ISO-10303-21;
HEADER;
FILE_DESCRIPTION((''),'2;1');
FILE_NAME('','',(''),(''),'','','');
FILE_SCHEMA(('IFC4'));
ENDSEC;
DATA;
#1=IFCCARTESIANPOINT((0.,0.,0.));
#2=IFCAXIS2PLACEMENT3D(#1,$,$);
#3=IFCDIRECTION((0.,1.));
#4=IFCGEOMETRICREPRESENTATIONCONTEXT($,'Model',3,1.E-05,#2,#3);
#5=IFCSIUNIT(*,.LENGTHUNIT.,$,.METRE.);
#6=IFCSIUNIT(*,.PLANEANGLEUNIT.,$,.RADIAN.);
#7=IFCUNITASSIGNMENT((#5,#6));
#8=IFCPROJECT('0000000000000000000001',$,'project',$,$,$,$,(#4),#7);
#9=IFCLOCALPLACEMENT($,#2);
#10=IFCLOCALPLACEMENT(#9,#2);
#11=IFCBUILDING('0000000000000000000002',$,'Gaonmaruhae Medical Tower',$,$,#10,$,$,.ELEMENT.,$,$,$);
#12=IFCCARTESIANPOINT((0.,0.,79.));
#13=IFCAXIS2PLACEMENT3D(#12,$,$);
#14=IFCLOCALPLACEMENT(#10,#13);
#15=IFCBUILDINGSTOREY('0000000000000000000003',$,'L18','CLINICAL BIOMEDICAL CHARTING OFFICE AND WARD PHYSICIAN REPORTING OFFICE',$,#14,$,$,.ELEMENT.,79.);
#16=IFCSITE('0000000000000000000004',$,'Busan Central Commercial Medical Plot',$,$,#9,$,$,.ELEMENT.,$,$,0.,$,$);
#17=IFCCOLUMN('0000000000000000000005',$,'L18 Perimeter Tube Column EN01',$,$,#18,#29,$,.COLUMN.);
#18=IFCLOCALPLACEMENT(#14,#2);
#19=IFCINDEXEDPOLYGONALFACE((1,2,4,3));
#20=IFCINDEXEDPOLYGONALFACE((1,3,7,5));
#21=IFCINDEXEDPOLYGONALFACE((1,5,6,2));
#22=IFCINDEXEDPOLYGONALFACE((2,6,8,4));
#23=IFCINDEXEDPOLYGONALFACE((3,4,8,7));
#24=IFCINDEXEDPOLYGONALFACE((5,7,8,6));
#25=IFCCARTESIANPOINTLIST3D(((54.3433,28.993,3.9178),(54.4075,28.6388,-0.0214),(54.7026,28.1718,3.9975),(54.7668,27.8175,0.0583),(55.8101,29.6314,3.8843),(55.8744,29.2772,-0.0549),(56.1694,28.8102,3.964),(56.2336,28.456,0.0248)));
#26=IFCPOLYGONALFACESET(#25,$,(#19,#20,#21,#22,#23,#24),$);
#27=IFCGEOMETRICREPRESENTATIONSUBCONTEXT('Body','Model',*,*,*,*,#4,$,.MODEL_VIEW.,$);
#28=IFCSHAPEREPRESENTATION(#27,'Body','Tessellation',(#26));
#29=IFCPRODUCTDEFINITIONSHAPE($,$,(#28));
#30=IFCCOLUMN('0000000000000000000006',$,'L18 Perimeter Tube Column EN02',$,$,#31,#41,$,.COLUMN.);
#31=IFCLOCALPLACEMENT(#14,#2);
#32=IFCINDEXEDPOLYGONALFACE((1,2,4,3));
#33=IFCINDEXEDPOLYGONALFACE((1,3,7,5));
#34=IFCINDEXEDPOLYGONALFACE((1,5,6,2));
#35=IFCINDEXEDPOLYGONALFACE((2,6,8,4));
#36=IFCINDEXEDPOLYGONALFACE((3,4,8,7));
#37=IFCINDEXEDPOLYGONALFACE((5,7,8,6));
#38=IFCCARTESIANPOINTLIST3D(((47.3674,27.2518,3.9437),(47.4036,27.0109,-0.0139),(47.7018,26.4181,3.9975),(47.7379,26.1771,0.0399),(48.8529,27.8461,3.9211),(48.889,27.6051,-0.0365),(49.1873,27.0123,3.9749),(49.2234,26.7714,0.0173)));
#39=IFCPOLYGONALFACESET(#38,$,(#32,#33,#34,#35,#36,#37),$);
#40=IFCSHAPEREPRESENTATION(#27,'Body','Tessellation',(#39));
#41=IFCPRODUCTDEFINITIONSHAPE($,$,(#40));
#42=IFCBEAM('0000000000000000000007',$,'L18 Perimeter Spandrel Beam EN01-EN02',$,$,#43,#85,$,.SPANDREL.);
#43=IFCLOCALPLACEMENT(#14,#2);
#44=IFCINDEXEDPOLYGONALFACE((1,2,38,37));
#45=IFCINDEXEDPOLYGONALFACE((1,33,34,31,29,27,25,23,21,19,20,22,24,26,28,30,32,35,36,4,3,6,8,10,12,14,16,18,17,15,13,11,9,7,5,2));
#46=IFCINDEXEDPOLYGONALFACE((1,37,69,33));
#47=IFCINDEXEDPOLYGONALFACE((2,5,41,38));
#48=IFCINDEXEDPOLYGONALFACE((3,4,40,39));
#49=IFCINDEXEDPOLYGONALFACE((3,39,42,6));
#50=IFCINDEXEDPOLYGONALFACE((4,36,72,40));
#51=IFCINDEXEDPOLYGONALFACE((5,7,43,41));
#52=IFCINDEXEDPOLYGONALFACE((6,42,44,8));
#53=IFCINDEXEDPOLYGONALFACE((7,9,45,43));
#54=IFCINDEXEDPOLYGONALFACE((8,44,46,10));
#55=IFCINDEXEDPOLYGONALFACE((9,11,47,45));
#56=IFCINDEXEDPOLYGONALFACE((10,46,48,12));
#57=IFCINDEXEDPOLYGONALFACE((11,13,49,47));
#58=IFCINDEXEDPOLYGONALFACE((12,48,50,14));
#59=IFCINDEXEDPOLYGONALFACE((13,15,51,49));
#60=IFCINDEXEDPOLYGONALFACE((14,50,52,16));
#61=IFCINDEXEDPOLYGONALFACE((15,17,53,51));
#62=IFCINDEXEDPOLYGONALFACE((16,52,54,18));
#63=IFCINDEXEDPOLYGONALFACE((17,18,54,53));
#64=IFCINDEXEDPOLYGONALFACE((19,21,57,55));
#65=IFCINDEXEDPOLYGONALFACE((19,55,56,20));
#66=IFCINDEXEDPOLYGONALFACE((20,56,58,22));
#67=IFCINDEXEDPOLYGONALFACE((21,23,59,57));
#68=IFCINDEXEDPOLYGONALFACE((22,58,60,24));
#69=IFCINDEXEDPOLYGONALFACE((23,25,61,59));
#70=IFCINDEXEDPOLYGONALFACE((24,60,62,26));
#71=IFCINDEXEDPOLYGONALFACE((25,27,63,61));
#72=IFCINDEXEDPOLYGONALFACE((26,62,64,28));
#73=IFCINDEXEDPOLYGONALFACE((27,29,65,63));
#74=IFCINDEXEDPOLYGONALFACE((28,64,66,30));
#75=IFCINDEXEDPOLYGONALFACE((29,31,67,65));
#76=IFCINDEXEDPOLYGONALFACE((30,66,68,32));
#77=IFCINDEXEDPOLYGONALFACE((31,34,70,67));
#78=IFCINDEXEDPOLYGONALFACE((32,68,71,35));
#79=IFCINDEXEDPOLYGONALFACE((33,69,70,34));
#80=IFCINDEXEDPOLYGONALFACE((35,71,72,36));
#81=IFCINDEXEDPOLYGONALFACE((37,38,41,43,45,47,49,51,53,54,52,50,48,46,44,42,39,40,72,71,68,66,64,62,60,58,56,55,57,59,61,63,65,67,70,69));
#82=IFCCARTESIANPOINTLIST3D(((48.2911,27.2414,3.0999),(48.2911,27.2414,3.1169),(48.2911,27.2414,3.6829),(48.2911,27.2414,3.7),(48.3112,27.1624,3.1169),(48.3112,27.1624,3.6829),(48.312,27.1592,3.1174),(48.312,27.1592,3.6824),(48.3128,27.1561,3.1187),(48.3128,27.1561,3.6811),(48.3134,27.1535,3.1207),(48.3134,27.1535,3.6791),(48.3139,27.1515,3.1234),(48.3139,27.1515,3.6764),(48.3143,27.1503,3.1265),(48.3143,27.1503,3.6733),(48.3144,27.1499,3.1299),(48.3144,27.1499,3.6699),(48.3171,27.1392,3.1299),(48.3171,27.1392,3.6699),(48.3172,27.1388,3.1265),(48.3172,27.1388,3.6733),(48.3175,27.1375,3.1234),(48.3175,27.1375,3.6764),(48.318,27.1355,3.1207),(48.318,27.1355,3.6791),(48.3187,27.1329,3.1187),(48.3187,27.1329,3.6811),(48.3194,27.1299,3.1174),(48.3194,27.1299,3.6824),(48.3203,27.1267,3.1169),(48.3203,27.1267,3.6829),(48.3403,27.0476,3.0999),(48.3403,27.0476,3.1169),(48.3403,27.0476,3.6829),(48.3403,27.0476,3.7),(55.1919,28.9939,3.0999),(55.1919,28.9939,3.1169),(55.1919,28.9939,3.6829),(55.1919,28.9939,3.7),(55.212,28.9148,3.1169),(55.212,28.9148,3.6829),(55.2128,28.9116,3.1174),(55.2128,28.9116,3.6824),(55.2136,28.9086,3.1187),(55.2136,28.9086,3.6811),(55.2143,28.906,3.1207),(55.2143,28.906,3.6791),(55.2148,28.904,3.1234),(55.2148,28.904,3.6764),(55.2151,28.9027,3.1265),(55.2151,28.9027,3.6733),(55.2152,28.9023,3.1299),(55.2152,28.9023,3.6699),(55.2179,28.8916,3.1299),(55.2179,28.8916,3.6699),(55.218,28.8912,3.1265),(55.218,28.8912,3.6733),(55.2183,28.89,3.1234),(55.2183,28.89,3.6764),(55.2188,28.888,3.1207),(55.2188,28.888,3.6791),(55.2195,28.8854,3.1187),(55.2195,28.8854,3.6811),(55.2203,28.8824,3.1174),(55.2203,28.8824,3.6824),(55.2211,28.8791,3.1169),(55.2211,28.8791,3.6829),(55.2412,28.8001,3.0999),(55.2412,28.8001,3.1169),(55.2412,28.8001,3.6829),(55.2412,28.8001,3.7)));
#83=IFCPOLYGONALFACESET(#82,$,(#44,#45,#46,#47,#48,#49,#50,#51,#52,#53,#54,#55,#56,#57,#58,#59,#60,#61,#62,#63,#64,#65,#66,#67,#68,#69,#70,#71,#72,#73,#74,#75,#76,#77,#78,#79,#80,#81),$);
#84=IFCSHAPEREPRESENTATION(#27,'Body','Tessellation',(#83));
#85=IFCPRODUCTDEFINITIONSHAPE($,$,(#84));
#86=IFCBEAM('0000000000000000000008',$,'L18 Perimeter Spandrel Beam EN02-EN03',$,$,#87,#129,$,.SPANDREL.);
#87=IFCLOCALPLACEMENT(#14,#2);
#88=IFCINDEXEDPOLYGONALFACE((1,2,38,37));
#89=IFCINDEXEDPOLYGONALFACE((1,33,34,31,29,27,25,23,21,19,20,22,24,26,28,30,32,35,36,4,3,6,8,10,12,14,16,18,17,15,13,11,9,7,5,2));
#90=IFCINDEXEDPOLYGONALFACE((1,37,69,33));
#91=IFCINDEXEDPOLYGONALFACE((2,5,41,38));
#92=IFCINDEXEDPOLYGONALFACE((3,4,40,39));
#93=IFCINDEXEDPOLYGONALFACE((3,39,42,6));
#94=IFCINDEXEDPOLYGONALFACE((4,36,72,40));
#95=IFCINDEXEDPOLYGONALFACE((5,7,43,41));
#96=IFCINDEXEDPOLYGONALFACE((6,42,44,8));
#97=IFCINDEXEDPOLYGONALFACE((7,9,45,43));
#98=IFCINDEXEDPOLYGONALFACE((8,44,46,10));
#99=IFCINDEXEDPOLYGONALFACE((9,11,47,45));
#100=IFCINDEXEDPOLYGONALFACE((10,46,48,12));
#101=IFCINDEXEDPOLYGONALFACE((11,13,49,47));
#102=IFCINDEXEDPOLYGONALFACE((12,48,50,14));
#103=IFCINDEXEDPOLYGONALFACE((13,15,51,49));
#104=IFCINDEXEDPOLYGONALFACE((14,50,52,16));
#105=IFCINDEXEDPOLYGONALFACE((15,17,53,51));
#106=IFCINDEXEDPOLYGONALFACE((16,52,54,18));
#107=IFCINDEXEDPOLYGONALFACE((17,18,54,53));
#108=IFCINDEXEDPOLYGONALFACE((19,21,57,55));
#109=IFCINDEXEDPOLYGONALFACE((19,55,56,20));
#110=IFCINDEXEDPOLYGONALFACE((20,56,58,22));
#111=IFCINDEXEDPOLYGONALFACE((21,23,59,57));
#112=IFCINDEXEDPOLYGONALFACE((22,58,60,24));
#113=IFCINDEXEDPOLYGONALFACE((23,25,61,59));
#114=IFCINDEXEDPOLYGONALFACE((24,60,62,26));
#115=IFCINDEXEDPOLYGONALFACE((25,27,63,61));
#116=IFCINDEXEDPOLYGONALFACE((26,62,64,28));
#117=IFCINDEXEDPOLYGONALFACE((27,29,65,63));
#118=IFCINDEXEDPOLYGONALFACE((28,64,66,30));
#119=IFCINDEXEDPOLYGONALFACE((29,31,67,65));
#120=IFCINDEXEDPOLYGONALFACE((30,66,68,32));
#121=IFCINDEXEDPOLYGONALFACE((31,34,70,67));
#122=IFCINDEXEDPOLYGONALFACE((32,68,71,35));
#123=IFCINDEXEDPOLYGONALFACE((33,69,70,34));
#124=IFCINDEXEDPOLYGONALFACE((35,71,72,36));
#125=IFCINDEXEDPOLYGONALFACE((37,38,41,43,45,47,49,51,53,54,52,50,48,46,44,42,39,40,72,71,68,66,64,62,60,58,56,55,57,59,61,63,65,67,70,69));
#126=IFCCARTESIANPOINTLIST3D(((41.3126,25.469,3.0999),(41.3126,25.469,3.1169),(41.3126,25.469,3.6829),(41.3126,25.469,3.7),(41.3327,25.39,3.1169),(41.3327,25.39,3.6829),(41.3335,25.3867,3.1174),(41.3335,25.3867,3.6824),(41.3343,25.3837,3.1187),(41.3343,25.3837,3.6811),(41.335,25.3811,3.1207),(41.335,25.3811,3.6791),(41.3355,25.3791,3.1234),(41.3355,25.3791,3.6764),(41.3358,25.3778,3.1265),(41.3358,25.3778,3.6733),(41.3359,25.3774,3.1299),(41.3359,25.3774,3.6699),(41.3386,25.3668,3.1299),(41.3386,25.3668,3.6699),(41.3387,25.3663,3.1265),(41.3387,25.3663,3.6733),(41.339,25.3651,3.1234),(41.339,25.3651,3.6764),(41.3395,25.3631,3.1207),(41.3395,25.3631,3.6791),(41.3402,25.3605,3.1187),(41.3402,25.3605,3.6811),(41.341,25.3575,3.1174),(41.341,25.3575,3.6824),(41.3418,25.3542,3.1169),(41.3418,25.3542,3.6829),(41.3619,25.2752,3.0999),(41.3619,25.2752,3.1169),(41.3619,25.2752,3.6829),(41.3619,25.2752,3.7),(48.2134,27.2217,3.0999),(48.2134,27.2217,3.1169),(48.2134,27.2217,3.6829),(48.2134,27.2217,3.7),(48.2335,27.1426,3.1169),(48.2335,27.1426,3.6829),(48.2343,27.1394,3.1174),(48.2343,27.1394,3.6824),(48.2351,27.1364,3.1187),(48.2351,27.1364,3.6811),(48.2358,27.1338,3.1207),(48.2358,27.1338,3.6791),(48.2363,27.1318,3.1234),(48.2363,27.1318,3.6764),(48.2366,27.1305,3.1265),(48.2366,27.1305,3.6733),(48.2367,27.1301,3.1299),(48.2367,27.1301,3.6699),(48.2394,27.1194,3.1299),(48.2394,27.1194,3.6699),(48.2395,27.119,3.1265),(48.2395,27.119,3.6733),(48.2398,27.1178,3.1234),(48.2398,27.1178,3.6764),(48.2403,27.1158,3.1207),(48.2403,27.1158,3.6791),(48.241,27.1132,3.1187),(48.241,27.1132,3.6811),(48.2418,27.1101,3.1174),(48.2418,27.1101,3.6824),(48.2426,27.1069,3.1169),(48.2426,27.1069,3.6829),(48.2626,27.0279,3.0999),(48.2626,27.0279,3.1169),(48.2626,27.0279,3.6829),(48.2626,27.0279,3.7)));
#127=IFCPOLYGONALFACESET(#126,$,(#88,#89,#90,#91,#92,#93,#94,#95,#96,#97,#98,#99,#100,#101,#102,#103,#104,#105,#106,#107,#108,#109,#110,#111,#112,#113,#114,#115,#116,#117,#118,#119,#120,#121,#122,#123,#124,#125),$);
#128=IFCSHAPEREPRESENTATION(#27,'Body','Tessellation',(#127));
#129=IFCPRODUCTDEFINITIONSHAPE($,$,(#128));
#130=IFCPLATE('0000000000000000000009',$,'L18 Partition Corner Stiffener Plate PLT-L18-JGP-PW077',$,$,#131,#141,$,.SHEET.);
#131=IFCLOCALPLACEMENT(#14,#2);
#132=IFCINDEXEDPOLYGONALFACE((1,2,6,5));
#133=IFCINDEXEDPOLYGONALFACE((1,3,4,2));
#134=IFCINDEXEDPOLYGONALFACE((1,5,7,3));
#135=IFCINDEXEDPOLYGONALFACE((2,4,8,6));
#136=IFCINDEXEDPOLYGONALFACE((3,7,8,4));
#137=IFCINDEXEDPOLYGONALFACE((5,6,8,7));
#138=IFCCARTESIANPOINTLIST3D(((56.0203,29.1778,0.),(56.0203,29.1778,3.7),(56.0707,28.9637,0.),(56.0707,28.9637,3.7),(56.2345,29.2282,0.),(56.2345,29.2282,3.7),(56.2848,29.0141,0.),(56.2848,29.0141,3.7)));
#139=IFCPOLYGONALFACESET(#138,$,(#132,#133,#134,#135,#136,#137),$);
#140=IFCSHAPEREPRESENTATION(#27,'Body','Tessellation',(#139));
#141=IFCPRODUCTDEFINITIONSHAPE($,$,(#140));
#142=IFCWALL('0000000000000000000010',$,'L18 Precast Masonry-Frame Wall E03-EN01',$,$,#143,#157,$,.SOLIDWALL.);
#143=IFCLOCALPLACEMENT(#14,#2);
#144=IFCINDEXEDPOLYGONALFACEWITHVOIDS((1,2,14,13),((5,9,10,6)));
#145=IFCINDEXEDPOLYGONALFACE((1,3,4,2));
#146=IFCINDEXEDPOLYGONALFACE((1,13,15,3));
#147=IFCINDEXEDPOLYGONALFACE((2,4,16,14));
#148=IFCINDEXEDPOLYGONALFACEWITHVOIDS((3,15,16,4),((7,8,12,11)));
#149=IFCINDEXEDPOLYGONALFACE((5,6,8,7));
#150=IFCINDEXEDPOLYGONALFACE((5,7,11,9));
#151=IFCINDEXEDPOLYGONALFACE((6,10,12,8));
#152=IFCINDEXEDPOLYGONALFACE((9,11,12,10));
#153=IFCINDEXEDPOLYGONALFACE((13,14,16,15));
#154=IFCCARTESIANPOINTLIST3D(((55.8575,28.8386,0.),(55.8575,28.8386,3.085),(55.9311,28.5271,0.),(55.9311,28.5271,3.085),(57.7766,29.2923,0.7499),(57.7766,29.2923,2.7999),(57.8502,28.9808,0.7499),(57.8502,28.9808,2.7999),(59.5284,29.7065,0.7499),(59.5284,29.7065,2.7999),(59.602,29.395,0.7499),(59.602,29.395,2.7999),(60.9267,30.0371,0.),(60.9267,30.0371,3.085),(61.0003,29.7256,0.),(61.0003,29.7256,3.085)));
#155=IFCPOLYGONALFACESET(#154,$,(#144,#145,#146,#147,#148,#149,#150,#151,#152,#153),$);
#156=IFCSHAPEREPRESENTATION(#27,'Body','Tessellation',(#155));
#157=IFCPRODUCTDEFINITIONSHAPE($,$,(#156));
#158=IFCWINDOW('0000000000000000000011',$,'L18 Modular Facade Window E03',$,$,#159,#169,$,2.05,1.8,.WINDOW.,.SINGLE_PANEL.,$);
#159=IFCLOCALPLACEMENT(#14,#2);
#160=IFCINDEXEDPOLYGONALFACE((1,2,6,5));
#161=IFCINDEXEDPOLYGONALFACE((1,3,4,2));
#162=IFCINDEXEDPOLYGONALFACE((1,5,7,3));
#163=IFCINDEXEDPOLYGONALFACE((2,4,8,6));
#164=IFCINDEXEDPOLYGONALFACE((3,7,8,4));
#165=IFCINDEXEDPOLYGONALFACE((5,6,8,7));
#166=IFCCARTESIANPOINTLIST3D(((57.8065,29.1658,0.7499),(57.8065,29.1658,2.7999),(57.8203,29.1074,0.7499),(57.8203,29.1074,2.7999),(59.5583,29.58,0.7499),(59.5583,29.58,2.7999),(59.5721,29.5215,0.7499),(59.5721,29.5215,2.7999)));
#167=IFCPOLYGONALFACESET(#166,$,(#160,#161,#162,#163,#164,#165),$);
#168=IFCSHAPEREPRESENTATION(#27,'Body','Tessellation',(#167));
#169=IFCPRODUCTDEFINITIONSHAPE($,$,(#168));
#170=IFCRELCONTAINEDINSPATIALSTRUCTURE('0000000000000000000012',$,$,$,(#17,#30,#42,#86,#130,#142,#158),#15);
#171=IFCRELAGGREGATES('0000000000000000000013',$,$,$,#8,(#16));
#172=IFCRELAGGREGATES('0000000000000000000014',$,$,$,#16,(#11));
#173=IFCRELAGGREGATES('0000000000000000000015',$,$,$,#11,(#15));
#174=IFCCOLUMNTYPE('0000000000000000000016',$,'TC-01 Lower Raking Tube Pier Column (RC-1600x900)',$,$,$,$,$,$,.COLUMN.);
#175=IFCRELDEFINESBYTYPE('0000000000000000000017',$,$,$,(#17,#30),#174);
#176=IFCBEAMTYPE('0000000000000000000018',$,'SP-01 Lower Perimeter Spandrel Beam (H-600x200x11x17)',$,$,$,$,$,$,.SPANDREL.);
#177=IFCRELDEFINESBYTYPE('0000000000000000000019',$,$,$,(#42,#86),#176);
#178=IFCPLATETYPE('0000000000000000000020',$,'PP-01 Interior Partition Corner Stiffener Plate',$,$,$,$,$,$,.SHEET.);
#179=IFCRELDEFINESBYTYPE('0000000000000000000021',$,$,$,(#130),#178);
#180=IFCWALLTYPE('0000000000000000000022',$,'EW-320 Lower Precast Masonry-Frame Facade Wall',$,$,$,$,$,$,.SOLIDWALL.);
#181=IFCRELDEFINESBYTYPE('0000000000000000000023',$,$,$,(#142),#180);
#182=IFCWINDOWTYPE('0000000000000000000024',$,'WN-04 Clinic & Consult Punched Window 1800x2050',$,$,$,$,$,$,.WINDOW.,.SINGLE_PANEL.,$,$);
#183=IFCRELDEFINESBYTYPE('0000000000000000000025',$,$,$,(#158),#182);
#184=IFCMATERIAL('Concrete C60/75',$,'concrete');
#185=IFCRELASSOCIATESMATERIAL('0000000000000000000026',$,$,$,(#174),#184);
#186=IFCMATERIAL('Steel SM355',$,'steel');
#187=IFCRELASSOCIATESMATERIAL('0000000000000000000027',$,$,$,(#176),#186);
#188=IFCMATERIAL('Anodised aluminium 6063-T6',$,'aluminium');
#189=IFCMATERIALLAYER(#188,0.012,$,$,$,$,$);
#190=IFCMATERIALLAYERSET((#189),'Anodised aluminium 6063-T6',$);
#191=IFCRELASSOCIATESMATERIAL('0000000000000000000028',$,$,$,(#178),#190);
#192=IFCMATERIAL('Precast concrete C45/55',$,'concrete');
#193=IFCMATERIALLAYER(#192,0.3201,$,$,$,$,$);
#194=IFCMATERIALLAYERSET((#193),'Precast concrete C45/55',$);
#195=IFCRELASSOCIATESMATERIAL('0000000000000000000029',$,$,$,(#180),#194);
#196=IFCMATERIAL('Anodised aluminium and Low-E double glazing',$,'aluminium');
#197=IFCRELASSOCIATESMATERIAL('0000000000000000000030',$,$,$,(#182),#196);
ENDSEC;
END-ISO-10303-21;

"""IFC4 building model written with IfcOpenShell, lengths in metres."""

from ifc_helpers import new_model, si_unit, direction, frame, frame_2d, origin, origin_2d, place, context, subcontext, project, spatial, rectangle, i_section, extrude, material, layer, layer_set, material_profile, profile_set, type_object, element, fill, save


model = new_model("IFC4")

# Units and contexts
model_context = context("Model", 3, precision=1e-05, world=origin(), true_north=direction((0.0, 1.0)))
body_context = subcontext(model_context, "Body", "Model", "MODEL_VIEW")
ifc_project = project(units=[si_unit("LENGTHUNIT", "METRE"), si_unit("PLANEANGLEUNIT", "RADIAN")], contexts=[model_context])

# Site, building, storey
site_placement = place(None, origin())
site = spatial("IfcSite", under=ifc_project, at=site_placement, Name="Busan Central Commercial Medical Plot", CompositionType="ELEMENT", RefElevation=0.0)
building_placement = place(site_placement, origin())
building = spatial("IfcBuilding", under=site, at=building_placement, Name="Gaonmaruhae Medical Tower", CompositionType="ELEMENT")
storey_placement = place(building_placement, frame((0.0, 0.0, 79.0)))
storey = spatial("IfcBuildingStorey", under=building, at=storey_placement, Name="L18", Description="CLINICAL BIOMEDICAL CHARTING OFFICE AND WARD PHYSICIAN REPORTING OFFICE", CompositionType="ELEMENT", Elevation=79.0)

# Columns
ifc_material_1 = material(Name="Concrete C60/75", Category="concrete")
ifc_material_profile_1 = material_profile(ifc_material_1, rectangle(XDim=1.6001, YDim=0.8999, at=origin_2d()), Name="RC-1600x900")
ifc_profile_set_1 = profile_set([ifc_material_profile_1], Name="Concrete C60/75")
column_type = type_object("IfcColumnType", Name="TC-01 Lower Raking Tube Pier Column (RC-1600x900)", PredefinedType="COLUMN", material=ifc_profile_set_1)
column_1_placement = place(storey_placement, frame((55.3206, 28.5474, 0.0017), z_axis=(-0.016232, 0.089555, 0.99585), x_axis=(-0.916718, -0.398987, 0.020938)))
element("IfcColumn", 1, at=column_1_placement, inside=storey, type_object=column_type, Name="L18 Perimeter Tube Column EN01", PredefinedType="COLUMN", context=body_context, shape_type="SweptSolid", body=[
    extrude(rectangle(XDim=1.6001, YDim=0.8999, at=origin_2d()), origin(), (0.0, 0.0, 1.0), 3.9556),
])
column_2_placement = place(storey_placement, frame((48.3135, 26.8911, 0.0017), z_axis=(-0.009113, 0.060773, 0.99811), x_axis=(-0.928369, -0.37139, 0.014137)))
element("IfcColumn", 2, at=column_2_placement, inside=storey, type_object=column_type, Name="L18 Perimeter Tube Column EN02", PredefinedType="COLUMN", context=body_context, shape_type="SweptSolid", body=[
    extrude(rectangle(XDim=1.6001, YDim=0.8999, at=origin_2d()), origin(), (0.0, 0.0, 1.0), 3.9651),
])

# Beams
ifc_material_2 = material(Name="Steel SM355", Category="steel")
ifc_material_profile_2 = material_profile(ifc_material_2, i_section(OverallWidth=0.2, OverallDepth=0.6001, WebThickness=0.011, FlangeThickness=0.0171, FilletRadius=0.0129, at=origin_2d()), Name="H-600x200x11x17")
ifc_profile_set_2 = profile_set([ifc_material_profile_2], Name="Steel SM355")
beam_type = type_object("IfcBeamType", Name="SP-01 Lower Perimeter Spandrel Beam (H-600x200x11x17)", PredefinedType="SPANDREL", material=ifc_profile_set_2)
for number, where, z_axis, x_axis, name in (
    (3, (55.2166, 28.897, 3.3999), (-0.969236, -0.246132, 0.0), (0.246132, -0.969236, 0.0), "L18 Perimeter Spandrel Beam EN01-EN02"),
    (4, (48.238, 27.1248, 3.3999), (-0.969228, -0.246165, 0.0), (0.246165, -0.969228, 0.0), "L18 Perimeter Spandrel Beam EN02-EN03"),
):
    element("IfcBeam", number, at=place(storey_placement, frame(where, z_axis=z_axis, x_axis=x_axis)), inside=storey, type_object=beam_type, Name=name, PredefinedType="SPANDREL", context=body_context, shape_type="SweptSolid", body=[
        extrude(i_section(OverallWidth=0.2, OverallDepth=0.6001, WebThickness=0.011, FlangeThickness=0.0171, FilletRadius=0.0129, at=origin_2d()), origin(), (0.0, 0.0, 1.0), 7.1199),
    ])

# Plate
ifc_material_3 = material(Name="Anodised aluminium 6063-T6", Category="aluminium")
ifc_layer_1 = layer(ifc_material_3, 0.012)
ifc_layer_set_1 = layer_set([ifc_layer_1], Name="Anodised aluminium 6063-T6")
plate_type = type_object("IfcPlateType", Name="PP-01 Interior Partition Corner Stiffener Plate", PredefinedType="SHEET", material=ifc_layer_set_1)
plate_placement = place(storey_placement, frame((56.1526, 29.0959, 0.0), z_axis=(0.0, 0.0, 1.0), x_axis=(-0.228912, 0.973447, 0.0)))
element("IfcPlate", 5, at=plate_placement, inside=storey, type_object=plate_type, Name="L18 Partition Corner Stiffener Plate PLT-L18-JGP-PW077", PredefinedType="SHEET", context=body_context, shape_type="SweptSolid", body=[
    extrude(rectangle(XDim=0.22, YDim=0.22, at=origin_2d()), origin(), (0.0, 0.0, 1.0), 3.7),
])

# Wall, opening, window
ifc_material_4 = material(Name="Precast concrete C45/55", Category="concrete")
ifc_layer_2 = layer(ifc_material_4, 0.3201)
ifc_layer_set_2 = layer_set([ifc_layer_2], Name="Precast concrete C45/55")
wall_type_1 = type_object("IfcWallType", Name="EW-320 Lower Precast Masonry-Frame Facade Wall", PredefinedType="SOLIDWALL", material=ifc_layer_set_2)
wall_1_placement = place(storey_placement, frame((55.8943, 28.6829, 0.0), z_axis=(0.0, 0.0, 1.0), x_axis=(0.973173, 0.230076, 0.0)))
wall_1 = element("IfcWall", 6, at=wall_1_placement, inside=storey, type_object=wall_type_1, Name="L18 Precast Masonry-Frame Wall E03-EN01", PredefinedType="SOLIDWALL", context=body_context, shape_type="SweptSolid", body=[
    extrude(rectangle(XDim=5.209, YDim=0.3201, at=frame_2d((2.6045, 0.0))), origin(), (0.0, 0.0, 1.0), 3.085),
])
opening_1_placement = place(wall_1_placement, frame((1.9722, 0.0, 0.75)))
opening_1 = element("IfcOpeningElement", 7, at=opening_1_placement, cuts=wall_1, PredefinedType="OPENING", context=body_context, shape_type="SweptSolid", body=[
    extrude(rectangle(XDim=1.8, YDim=2.05, at=frame_2d((0.8999, 1.0249))), frame((0.0, 0.1699, 0.0), z_axis=(0.0, -1.0, 0.0), x_axis=(1.0, 0.0, 0.0)), (0.0, 0.0, 1.0), 0.3401),
])
ifc_material_5 = material(Name="Anodised aluminium and Low-E double glazing", Category="aluminium")
window_type_1 = type_object("IfcWindowType", Name="WN-04 Clinic & Consult Punched Window 1800x2050", PartitioningType="SINGLE_PANEL", PredefinedType="WINDOW", material=ifc_material_5)
window_1_placement = place(opening_1_placement, origin())
window_1 = element("IfcWindow", 8, at=window_1_placement, inside=storey, type_object=window_type_1, Name="L18 Modular Facade Window E03", OverallHeight=2.05, OverallWidth=1.8, PartitioningType="SINGLE_PANEL", PredefinedType="WINDOW", context=body_context, shape_type="SweptSolid", body=[
    extrude(rectangle(XDim=1.8, YDim=2.05, at=frame_2d((0.8999, 1.0249))), frame((0.0, 0.03, 0.0), z_axis=(0.0, -1.0, 0.0), x_axis=(1.0, 0.0, 0.0)), (0.0, 0.0, 1.0), 0.0601),
])
fill(opening_1, window_1)

save(model, "model.ifc")
